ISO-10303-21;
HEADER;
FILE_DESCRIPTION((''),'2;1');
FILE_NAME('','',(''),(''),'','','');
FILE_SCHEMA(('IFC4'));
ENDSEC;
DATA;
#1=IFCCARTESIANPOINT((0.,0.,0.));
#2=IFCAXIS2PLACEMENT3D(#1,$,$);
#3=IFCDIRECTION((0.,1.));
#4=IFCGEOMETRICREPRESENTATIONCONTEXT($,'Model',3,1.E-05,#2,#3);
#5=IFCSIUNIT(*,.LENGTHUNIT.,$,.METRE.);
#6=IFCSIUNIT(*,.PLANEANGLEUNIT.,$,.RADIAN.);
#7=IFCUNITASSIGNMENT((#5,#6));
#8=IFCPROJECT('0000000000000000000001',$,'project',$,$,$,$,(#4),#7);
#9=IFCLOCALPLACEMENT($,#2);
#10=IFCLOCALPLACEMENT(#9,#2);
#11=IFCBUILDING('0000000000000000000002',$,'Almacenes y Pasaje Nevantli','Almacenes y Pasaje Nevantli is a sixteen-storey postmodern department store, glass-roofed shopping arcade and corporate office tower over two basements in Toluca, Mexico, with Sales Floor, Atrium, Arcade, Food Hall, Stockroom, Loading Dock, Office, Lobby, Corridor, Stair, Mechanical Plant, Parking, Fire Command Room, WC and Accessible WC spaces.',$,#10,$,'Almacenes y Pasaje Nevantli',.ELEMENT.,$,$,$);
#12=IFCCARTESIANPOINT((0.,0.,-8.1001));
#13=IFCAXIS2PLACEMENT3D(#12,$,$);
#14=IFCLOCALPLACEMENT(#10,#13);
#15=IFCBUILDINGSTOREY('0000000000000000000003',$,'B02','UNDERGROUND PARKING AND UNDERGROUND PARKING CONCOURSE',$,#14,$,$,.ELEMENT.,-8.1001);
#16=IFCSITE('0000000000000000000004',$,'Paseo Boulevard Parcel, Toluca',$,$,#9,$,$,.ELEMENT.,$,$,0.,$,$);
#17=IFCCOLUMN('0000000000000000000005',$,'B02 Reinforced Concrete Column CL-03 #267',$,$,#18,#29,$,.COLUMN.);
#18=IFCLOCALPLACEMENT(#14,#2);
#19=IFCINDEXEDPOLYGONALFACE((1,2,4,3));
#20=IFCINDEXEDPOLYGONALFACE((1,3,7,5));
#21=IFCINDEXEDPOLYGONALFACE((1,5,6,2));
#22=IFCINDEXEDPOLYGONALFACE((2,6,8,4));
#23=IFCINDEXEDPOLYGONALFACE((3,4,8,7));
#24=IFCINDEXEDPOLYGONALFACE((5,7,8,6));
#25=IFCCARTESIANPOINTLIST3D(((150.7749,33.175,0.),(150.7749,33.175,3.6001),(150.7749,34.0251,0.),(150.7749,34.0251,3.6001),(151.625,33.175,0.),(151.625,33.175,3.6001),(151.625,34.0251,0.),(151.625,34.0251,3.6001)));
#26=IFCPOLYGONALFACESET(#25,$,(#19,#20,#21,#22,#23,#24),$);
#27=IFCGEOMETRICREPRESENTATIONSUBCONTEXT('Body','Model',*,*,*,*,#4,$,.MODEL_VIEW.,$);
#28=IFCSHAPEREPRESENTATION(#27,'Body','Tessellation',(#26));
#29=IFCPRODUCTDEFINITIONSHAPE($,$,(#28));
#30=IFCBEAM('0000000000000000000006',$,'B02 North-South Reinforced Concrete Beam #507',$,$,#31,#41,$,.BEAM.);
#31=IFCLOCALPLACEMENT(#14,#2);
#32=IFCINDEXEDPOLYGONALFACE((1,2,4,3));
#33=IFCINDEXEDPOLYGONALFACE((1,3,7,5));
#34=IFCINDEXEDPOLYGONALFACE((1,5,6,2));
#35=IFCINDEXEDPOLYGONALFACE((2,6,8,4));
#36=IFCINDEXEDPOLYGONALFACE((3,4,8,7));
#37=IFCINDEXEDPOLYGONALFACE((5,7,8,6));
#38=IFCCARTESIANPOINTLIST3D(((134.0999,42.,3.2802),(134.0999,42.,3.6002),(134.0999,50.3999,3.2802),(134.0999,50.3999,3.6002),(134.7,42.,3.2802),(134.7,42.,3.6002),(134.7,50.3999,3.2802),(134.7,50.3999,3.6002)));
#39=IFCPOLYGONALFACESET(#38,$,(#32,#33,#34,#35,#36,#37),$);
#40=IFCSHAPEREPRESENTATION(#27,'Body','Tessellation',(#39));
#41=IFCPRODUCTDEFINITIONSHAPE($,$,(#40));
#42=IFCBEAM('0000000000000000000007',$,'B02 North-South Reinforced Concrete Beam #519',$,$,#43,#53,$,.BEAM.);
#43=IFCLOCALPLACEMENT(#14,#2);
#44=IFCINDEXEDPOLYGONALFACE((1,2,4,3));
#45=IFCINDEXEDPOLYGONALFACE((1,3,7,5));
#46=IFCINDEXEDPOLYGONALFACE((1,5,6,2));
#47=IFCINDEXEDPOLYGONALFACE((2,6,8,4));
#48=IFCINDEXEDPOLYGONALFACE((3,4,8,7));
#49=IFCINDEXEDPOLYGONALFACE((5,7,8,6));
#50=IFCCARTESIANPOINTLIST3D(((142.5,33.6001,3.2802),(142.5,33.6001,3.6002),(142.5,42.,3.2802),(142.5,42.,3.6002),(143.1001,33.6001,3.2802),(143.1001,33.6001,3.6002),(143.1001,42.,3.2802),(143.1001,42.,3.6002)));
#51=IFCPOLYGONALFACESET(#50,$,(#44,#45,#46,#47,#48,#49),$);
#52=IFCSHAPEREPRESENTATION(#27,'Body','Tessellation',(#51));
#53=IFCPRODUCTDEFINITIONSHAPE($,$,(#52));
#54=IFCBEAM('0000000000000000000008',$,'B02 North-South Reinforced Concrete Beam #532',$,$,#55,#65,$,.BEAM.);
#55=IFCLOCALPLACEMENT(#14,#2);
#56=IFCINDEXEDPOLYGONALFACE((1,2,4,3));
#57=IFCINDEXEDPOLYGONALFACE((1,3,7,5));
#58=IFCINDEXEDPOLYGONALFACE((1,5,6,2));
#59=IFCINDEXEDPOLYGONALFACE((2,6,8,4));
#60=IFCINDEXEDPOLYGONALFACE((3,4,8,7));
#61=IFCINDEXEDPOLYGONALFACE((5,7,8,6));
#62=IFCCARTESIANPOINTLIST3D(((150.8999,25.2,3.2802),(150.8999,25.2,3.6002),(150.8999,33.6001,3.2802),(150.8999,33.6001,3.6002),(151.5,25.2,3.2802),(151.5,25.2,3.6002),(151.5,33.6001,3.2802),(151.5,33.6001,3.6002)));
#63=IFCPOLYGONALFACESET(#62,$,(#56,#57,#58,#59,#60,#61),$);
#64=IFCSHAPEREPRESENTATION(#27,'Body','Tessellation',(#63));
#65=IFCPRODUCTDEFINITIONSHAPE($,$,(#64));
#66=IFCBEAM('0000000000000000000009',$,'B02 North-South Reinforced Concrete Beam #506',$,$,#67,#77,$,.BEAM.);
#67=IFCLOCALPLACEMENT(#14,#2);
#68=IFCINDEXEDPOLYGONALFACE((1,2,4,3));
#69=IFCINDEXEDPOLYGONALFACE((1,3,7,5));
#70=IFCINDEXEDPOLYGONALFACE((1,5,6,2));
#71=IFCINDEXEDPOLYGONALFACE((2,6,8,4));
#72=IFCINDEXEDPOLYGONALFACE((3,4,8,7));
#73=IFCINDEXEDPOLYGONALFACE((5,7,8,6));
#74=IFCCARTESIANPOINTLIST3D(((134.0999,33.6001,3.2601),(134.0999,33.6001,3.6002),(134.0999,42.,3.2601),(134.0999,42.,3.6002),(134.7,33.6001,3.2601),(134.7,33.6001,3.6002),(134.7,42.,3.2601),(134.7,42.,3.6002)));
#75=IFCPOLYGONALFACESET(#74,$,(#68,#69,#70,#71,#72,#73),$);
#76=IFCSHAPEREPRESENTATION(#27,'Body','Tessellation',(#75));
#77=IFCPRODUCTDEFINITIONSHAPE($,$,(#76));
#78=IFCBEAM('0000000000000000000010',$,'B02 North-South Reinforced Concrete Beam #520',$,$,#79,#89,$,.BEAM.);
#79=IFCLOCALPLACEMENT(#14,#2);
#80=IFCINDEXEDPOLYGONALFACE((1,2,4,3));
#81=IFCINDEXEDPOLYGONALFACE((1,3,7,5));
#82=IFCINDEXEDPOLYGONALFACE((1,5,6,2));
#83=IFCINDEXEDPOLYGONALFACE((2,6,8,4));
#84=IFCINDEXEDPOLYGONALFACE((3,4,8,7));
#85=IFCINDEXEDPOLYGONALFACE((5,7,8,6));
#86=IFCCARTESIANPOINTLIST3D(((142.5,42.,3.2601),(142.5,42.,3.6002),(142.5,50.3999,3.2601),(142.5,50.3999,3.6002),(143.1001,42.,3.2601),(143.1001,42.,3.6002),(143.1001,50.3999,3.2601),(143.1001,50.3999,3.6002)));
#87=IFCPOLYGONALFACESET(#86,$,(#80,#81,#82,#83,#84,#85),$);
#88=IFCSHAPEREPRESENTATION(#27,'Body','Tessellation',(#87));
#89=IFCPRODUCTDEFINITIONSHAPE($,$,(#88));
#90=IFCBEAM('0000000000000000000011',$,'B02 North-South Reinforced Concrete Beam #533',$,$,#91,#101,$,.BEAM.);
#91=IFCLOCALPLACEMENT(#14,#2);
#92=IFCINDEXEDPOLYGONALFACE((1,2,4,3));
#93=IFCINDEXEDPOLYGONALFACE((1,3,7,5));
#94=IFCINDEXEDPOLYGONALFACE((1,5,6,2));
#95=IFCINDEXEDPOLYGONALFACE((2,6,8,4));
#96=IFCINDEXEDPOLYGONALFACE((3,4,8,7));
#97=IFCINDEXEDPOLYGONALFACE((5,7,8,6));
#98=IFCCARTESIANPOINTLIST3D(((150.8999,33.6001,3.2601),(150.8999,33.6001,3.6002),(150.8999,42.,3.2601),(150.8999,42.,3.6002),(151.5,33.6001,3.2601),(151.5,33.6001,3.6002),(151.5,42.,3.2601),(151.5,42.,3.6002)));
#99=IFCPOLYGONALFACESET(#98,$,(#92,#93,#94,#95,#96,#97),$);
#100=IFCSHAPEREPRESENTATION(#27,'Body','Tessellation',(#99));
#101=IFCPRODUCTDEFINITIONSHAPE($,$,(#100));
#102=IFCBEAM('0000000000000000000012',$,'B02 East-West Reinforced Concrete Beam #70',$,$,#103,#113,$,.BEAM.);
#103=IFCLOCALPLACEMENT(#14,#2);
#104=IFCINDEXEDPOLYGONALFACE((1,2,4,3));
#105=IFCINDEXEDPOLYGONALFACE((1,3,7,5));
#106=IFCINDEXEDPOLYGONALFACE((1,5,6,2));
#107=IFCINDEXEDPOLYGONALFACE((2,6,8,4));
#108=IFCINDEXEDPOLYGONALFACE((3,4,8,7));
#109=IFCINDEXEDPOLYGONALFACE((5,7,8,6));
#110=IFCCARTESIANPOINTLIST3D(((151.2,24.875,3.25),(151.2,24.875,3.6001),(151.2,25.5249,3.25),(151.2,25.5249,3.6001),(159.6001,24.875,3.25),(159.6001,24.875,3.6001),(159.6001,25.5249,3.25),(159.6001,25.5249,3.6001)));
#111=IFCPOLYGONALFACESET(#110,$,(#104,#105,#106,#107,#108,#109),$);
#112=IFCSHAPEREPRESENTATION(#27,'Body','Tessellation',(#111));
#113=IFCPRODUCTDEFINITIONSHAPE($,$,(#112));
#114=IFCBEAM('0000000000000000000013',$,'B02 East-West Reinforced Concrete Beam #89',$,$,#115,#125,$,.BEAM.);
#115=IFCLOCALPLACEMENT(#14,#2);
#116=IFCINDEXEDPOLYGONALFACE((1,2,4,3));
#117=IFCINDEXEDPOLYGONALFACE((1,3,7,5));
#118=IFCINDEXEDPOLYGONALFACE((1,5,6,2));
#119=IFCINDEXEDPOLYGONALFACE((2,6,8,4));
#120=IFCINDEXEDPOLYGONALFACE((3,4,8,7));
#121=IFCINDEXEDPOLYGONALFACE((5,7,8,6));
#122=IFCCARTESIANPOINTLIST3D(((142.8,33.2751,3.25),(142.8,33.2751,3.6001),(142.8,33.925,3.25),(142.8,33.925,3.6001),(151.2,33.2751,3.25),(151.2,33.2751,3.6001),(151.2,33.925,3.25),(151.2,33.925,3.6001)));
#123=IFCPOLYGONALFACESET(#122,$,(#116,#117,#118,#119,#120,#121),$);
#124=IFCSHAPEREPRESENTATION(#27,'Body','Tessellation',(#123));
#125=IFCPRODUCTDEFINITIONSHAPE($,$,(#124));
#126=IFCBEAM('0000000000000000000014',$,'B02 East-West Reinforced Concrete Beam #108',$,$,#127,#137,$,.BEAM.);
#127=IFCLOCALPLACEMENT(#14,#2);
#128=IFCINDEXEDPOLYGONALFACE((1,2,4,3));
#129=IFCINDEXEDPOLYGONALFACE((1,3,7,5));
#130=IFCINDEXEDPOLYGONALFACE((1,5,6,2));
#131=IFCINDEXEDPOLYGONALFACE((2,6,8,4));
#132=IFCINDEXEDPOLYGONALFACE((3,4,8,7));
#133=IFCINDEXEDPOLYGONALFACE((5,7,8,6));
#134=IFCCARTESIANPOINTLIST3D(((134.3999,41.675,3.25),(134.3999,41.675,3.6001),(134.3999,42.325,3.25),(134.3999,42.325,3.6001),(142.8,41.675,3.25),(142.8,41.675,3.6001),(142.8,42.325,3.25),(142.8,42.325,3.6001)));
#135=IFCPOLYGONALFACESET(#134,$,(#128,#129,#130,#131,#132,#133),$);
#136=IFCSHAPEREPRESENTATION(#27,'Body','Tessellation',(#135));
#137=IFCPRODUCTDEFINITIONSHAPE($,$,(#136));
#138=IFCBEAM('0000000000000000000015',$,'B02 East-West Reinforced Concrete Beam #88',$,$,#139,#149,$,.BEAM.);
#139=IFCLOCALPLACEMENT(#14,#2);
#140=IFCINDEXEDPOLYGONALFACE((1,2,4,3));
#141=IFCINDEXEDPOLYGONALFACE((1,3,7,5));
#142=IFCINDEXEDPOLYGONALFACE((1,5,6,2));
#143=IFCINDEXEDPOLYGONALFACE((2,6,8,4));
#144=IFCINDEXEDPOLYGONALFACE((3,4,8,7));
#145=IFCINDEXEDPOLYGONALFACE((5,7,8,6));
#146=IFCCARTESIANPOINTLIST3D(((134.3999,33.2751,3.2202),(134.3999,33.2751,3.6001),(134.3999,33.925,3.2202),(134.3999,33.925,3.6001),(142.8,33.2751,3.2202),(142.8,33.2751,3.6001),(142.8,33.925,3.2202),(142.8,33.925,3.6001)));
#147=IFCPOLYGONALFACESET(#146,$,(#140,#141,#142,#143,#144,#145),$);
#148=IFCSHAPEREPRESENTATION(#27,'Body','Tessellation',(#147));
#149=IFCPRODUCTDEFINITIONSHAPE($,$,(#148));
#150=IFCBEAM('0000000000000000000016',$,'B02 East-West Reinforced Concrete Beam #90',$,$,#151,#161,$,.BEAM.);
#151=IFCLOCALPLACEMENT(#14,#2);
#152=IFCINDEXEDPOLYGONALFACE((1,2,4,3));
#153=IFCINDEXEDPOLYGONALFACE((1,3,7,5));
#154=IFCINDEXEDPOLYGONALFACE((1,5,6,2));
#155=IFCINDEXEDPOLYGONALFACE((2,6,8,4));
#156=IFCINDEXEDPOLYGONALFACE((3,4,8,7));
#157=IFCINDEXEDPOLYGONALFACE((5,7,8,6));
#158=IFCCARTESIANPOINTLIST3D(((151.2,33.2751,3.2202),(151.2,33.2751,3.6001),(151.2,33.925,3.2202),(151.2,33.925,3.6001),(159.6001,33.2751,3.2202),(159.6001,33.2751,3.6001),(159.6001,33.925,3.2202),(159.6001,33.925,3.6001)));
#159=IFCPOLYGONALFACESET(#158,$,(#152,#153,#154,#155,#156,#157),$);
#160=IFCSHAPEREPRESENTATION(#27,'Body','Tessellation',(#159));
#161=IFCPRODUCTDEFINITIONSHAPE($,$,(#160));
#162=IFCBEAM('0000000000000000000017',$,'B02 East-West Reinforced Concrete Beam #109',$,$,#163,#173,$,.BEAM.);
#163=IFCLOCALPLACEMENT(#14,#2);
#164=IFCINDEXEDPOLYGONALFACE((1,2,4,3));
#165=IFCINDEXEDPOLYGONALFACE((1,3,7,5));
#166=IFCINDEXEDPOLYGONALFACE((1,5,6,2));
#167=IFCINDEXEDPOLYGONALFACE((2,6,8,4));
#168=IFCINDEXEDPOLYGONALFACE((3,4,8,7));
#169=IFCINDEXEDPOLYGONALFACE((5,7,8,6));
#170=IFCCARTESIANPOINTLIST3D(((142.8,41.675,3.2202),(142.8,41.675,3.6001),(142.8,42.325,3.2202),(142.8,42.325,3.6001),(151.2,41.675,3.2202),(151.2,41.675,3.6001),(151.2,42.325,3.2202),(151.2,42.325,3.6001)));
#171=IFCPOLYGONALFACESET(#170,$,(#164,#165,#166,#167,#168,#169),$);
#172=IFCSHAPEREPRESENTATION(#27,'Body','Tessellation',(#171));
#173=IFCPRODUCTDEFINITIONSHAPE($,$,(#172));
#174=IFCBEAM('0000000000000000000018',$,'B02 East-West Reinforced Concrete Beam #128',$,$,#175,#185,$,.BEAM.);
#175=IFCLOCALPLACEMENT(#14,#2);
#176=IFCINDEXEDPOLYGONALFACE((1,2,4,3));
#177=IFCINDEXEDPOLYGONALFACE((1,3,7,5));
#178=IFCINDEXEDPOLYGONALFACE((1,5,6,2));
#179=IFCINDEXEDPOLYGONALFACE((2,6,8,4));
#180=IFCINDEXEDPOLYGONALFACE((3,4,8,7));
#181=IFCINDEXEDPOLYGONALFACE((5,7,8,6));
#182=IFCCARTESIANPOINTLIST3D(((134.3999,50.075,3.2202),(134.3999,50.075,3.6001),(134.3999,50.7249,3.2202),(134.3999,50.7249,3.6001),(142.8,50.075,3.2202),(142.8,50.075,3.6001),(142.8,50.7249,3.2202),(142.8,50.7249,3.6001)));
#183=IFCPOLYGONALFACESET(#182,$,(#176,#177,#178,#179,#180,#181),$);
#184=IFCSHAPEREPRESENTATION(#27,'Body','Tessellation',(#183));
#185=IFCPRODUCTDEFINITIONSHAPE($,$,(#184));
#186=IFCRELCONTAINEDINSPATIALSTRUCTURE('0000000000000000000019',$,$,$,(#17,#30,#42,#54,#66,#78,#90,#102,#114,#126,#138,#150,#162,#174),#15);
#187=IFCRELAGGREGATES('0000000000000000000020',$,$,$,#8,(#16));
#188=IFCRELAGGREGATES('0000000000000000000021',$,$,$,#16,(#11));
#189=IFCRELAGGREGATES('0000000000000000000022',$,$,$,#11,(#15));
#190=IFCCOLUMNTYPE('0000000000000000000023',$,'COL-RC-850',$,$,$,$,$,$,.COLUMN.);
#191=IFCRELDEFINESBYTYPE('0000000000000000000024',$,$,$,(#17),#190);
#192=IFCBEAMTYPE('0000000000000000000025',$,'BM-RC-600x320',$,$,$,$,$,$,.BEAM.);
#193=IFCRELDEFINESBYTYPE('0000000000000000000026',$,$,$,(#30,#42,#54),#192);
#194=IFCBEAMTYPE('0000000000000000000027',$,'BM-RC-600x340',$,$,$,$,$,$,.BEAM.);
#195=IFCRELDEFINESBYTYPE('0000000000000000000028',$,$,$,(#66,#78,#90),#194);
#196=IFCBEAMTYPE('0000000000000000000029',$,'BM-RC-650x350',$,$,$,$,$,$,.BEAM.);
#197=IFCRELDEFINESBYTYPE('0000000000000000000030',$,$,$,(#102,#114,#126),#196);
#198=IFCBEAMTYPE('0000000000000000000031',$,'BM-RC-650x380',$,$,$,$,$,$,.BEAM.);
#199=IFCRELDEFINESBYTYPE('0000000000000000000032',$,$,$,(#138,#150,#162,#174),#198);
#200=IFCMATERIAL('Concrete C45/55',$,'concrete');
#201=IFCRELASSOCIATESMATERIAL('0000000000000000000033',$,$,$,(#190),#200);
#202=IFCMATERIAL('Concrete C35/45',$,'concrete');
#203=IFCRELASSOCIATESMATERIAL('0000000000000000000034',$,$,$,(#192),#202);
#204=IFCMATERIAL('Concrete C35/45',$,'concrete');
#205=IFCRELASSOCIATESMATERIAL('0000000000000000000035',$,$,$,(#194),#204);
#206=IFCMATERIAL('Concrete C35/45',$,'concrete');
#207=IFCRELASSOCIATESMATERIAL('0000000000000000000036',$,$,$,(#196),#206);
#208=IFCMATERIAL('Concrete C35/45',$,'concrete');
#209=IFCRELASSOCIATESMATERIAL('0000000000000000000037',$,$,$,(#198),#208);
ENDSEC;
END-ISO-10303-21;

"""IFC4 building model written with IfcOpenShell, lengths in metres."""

from ifc_helpers import new_model, si_unit, direction, frame, origin, origin_2d, place, context, subcontext, project, spatial, rectangle, extrude, material, material_profile, profile_set, type_object, element, save


model = new_model("IFC4")

# Units and contexts
model_context = context("Model", 3, precision=1e-05, world=origin(), true_north=direction((0.0, 1.0)))
body_context = subcontext(model_context, "Body", "Model", "MODEL_VIEW")
ifc_project = project(units=[si_unit("LENGTHUNIT", "METRE"), si_unit("PLANEANGLEUNIT", "RADIAN")], contexts=[model_context])

# Site, building, storey
site_placement = place(None, origin())
site = spatial("IfcSite", under=ifc_project, at=site_placement, Name="Paseo Boulevard Parcel, Toluca", CompositionType="ELEMENT", RefElevation=0.0)
building_placement = place(site_placement, origin())
building = spatial("IfcBuilding", under=site, at=building_placement, Name="Almacenes y Pasaje Nevantli", Description="Almacenes y Pasaje Nevantli is a sixteen-storey postmodern department store, glass-roofed shopping arcade and corporate office tower over two basements in Toluca, Mexico, with Sales Floor, Atrium, Arcade, Food Hall, Stockroom, Loading Dock, Office, Lobby, Corridor, Stair, Mechanical Plant, Parking, Fire Command Room, WC and Accessible WC spaces.", LongName="Almacenes y Pasaje Nevantli", CompositionType="ELEMENT")
storey_placement = place(building_placement, frame((0.0, 0.0, -8.1001)))
storey = spatial("IfcBuildingStorey", under=building, at=storey_placement, Name="B02", Description="UNDERGROUND PARKING AND UNDERGROUND PARKING CONCOURSE", CompositionType="ELEMENT", Elevation=-8.1001)

# Column
ifc_material_1 = material(Name="Concrete C45/55", Category="concrete")
ifc_material_profile_1 = material_profile(ifc_material_1, rectangle(XDim=0.8501, YDim=0.8501, at=origin_2d()), Name="RC-COL-850x850")
ifc_profile_set_1 = profile_set([ifc_material_profile_1], Name="Concrete C45/55")
column_type_1 = type_object("IfcColumnType", Name="COL-RC-850", PredefinedType="COLUMN", material=ifc_profile_set_1)
for number, where, z_axis, x_axis, name in (
    (1, (151.2, 33.6001, 0.0), (0.0, 0.0, 1.0), (1.0, 0.0, 0.0), "B02 Reinforced Concrete Column CL-03 #267"),
):
    element("IfcColumn", number, at=place(storey_placement, frame(where, z_axis=z_axis, x_axis=x_axis)), inside=storey, type_object=column_type_1, Name=name, PredefinedType="COLUMN", context=body_context, shape_type="SweptSolid", body=[
        extrude(rectangle(XDim=0.8501, YDim=0.8501, at=origin_2d()), origin(), (0.0, 0.0, 1.0), 3.6001),
    ])

# Beams
ifc_material_2 = material(Name="Concrete C35/45", Category="concrete")
ifc_material_profile_2 = material_profile(ifc_material_2, rectangle(XDim=0.6001, YDim=0.3201, at=origin_2d()), Name="RC-BM-600x320")
ifc_profile_set_2 = profile_set([ifc_material_profile_2], Name="Concrete C35/45")
beam_type_1 = type_object("IfcBeamType", Name="BM-RC-600x320", PredefinedType="BEAM", material=ifc_profile_set_2)
for number, where, z_axis, x_axis, name in (
    (2, (134.3999, 42.0, 3.4402), (0.0, 1.0, 0.0), (-1.0, 0.0, 0.0), "B02 North-South Reinforced Concrete Beam #507"),
    (3, (142.8, 33.6001, 3.4402), (0.0, 1.0, 0.0), (-1.0, 0.0, 0.0), "B02 North-South Reinforced Concrete Beam #519"),
):
    element("IfcBeam", number, at=place(storey_placement, frame(where, z_axis=z_axis, x_axis=x_axis)), inside=storey, type_object=beam_type_1, Name=name, PredefinedType="BEAM", context=body_context, shape_type="SweptSolid", body=[
        extrude(rectangle(XDim=0.6001, YDim=0.3201, at=origin_2d()), origin(), (0.0, 0.0, 1.0), 8.3999),
    ])
beam_1_placement = place(storey_placement, frame((151.2, 25.2, 3.4402), z_axis=(0.0, 1.0, 0.0), x_axis=(-1.0, 0.0, 0.0)))
element("IfcBeam", 4, at=beam_1_placement, inside=storey, type_object=beam_type_1, Name="B02 North-South Reinforced Concrete Beam #532", PredefinedType="BEAM", context=body_context, shape_type="SweptSolid", body=[
    extrude(rectangle(XDim=0.6001, YDim=0.3201, at=origin_2d()), origin(), (0.0, 0.0, 1.0), 8.4001),
])
ifc_material_3 = material(Name="Concrete C35/45", Category="concrete")
ifc_material_profile_3 = material_profile(ifc_material_3, rectangle(XDim=0.6001, YDim=0.3401, at=origin_2d()), Name="RC-BM-600x340")
ifc_profile_set_3 = profile_set([ifc_material_profile_3], Name="Concrete C35/45")
beam_type_2 = type_object("IfcBeamType", Name="BM-RC-600x340", PredefinedType="BEAM", material=ifc_profile_set_3)
for number, where, z_axis, x_axis, name in (
    (5, (134.3999, 33.6001, 3.4302), (0.0, 1.0, 0.0), (-1.0, 0.0, 0.0), "B02 North-South Reinforced Concrete Beam #506"),
    (6, (142.8, 42.0, 3.4302), (0.0, 1.0, 0.0), (-1.0, 0.0, 0.0), "B02 North-South Reinforced Concrete Beam #520"),
    (7, (151.2, 33.6001, 3.4302), (0.0, 1.0, 0.0), (-1.0, 0.0, 0.0), "B02 North-South Reinforced Concrete Beam #533"),
):
    element("IfcBeam", number, at=place(storey_placement, frame(where, z_axis=z_axis, x_axis=x_axis)), inside=storey, type_object=beam_type_2, Name=name, PredefinedType="BEAM", context=body_context, shape_type="SweptSolid", body=[
        extrude(rectangle(XDim=0.6001, YDim=0.3401, at=origin_2d()), origin(), (0.0, 0.0, 1.0), 8.3999),
    ])
ifc_material_4 = material(Name="Concrete C35/45", Category="concrete")
ifc_material_profile_4 = material_profile(ifc_material_4, rectangle(XDim=0.6499, YDim=0.3501, at=origin_2d()), Name="RC-BM-650x350")
ifc_profile_set_4 = profile_set([ifc_material_profile_4], Name="Concrete C35/45")
beam_type_3 = type_object("IfcBeamType", Name="BM-RC-650x350", PredefinedType="BEAM", material=ifc_profile_set_4)
beam_2_placement = place(storey_placement, frame((151.2, 25.2, 3.425), z_axis=(1.0, 0.0, 0.0), x_axis=(0.0, 1.0, 0.0)))
element("IfcBeam", 8, at=beam_2_placement, inside=storey, type_object=beam_type_3, Name="B02 East-West Reinforced Concrete Beam #70", PredefinedType="BEAM", context=body_context, shape_type="SweptSolid", body=[
    extrude(rectangle(XDim=0.6499, YDim=0.3501, at=origin_2d()), origin(), (0.0, 0.0, 1.0), 8.4001),
])
beam_3_placement = place(storey_placement, frame((142.8, 33.6001, 3.425), z_axis=(1.0, 0.0, 0.0), x_axis=(0.0, 1.0, 0.0)))
element("IfcBeam", 9, at=beam_3_placement, inside=storey, type_object=beam_type_3, Name="B02 East-West Reinforced Concrete Beam #89", PredefinedType="BEAM", context=body_context, shape_type="SweptSolid", body=[
    extrude(rectangle(XDim=0.6499, YDim=0.3501, at=origin_2d()), origin(), (0.0, 0.0, 1.0), 8.3999),
])
beam_4_placement = place(storey_placement, frame((134.3999, 42.0, 3.425), z_axis=(1.0, 0.0, 0.0), x_axis=(0.0, 1.0, 0.0)))
element("IfcBeam", 10, at=beam_4_placement, inside=storey, type_object=beam_type_3, Name="B02 East-West Reinforced Concrete Beam #108", PredefinedType="BEAM", context=body_context, shape_type="SweptSolid", body=[
    extrude(rectangle(XDim=0.6499, YDim=0.3501, at=origin_2d()), origin(), (0.0, 0.0, 1.0), 8.4001),
])
ifc_material_5 = material(Name="Concrete C35/45", Category="concrete")
ifc_material_profile_5 = material_profile(ifc_material_5, rectangle(XDim=0.6499, YDim=0.3799, at=origin_2d()), Name="RC-BM-650x380")
ifc_profile_set_5 = profile_set([ifc_material_profile_5], Name="Concrete C35/45")
beam_type_4 = type_object("IfcBeamType", Name="BM-RC-650x380", PredefinedType="BEAM", material=ifc_profile_set_5)
for number, where, z_axis, x_axis, name in (
    (11, (134.3999, 33.6001, 3.4102), (1.0, 0.0, 0.0), (0.0, 1.0, 0.0), "B02 East-West Reinforced Concrete Beam #88"),
    (12, (151.2, 33.6001, 3.4102), (1.0, 0.0, 0.0), (0.0, 1.0, 0.0), "B02 East-West Reinforced Concrete Beam #90"),
):
    element("IfcBeam", number, at=place(storey_placement, frame(where, z_axis=z_axis, x_axis=x_axis)), inside=storey, type_object=beam_type_4, Name=name, PredefinedType="BEAM", context=body_context, shape_type="SweptSolid", body=[
        extrude(rectangle(XDim=0.6499, YDim=0.3799, at=origin_2d()), origin(), (0.0, 0.0, 1.0), 8.4001),
    ])
beam_5_placement = place(storey_placement, frame((142.8, 42.0, 3.4102), z_axis=(1.0, 0.0, 0.0), x_axis=(0.0, 1.0, 0.0)))
element("IfcBeam", 13, at=beam_5_placement, inside=storey, type_object=beam_type_4, Name="B02 East-West Reinforced Concrete Beam #109", PredefinedType="BEAM", context=body_context, shape_type="SweptSolid", body=[
    extrude(rectangle(XDim=0.6499, YDim=0.3799, at=origin_2d()), origin(), (0.0, 0.0, 1.0), 8.3999),
])
beam_6_placement = place(storey_placement, frame((134.3999, 50.3999, 3.4102), z_axis=(1.0, 0.0, 0.0), x_axis=(0.0, 1.0, 0.0)))
element("IfcBeam", 14, at=beam_6_placement, inside=storey, type_object=beam_type_4, Name="B02 East-West Reinforced Concrete Beam #128", PredefinedType="BEAM", context=body_context, shape_type="SweptSolid", body=[
    extrude(rectangle(XDim=0.6499, YDim=0.3799, at=origin_2d()), origin(), (0.0, 0.0, 1.0), 8.4001),
])

save(model, "model.ifc")
